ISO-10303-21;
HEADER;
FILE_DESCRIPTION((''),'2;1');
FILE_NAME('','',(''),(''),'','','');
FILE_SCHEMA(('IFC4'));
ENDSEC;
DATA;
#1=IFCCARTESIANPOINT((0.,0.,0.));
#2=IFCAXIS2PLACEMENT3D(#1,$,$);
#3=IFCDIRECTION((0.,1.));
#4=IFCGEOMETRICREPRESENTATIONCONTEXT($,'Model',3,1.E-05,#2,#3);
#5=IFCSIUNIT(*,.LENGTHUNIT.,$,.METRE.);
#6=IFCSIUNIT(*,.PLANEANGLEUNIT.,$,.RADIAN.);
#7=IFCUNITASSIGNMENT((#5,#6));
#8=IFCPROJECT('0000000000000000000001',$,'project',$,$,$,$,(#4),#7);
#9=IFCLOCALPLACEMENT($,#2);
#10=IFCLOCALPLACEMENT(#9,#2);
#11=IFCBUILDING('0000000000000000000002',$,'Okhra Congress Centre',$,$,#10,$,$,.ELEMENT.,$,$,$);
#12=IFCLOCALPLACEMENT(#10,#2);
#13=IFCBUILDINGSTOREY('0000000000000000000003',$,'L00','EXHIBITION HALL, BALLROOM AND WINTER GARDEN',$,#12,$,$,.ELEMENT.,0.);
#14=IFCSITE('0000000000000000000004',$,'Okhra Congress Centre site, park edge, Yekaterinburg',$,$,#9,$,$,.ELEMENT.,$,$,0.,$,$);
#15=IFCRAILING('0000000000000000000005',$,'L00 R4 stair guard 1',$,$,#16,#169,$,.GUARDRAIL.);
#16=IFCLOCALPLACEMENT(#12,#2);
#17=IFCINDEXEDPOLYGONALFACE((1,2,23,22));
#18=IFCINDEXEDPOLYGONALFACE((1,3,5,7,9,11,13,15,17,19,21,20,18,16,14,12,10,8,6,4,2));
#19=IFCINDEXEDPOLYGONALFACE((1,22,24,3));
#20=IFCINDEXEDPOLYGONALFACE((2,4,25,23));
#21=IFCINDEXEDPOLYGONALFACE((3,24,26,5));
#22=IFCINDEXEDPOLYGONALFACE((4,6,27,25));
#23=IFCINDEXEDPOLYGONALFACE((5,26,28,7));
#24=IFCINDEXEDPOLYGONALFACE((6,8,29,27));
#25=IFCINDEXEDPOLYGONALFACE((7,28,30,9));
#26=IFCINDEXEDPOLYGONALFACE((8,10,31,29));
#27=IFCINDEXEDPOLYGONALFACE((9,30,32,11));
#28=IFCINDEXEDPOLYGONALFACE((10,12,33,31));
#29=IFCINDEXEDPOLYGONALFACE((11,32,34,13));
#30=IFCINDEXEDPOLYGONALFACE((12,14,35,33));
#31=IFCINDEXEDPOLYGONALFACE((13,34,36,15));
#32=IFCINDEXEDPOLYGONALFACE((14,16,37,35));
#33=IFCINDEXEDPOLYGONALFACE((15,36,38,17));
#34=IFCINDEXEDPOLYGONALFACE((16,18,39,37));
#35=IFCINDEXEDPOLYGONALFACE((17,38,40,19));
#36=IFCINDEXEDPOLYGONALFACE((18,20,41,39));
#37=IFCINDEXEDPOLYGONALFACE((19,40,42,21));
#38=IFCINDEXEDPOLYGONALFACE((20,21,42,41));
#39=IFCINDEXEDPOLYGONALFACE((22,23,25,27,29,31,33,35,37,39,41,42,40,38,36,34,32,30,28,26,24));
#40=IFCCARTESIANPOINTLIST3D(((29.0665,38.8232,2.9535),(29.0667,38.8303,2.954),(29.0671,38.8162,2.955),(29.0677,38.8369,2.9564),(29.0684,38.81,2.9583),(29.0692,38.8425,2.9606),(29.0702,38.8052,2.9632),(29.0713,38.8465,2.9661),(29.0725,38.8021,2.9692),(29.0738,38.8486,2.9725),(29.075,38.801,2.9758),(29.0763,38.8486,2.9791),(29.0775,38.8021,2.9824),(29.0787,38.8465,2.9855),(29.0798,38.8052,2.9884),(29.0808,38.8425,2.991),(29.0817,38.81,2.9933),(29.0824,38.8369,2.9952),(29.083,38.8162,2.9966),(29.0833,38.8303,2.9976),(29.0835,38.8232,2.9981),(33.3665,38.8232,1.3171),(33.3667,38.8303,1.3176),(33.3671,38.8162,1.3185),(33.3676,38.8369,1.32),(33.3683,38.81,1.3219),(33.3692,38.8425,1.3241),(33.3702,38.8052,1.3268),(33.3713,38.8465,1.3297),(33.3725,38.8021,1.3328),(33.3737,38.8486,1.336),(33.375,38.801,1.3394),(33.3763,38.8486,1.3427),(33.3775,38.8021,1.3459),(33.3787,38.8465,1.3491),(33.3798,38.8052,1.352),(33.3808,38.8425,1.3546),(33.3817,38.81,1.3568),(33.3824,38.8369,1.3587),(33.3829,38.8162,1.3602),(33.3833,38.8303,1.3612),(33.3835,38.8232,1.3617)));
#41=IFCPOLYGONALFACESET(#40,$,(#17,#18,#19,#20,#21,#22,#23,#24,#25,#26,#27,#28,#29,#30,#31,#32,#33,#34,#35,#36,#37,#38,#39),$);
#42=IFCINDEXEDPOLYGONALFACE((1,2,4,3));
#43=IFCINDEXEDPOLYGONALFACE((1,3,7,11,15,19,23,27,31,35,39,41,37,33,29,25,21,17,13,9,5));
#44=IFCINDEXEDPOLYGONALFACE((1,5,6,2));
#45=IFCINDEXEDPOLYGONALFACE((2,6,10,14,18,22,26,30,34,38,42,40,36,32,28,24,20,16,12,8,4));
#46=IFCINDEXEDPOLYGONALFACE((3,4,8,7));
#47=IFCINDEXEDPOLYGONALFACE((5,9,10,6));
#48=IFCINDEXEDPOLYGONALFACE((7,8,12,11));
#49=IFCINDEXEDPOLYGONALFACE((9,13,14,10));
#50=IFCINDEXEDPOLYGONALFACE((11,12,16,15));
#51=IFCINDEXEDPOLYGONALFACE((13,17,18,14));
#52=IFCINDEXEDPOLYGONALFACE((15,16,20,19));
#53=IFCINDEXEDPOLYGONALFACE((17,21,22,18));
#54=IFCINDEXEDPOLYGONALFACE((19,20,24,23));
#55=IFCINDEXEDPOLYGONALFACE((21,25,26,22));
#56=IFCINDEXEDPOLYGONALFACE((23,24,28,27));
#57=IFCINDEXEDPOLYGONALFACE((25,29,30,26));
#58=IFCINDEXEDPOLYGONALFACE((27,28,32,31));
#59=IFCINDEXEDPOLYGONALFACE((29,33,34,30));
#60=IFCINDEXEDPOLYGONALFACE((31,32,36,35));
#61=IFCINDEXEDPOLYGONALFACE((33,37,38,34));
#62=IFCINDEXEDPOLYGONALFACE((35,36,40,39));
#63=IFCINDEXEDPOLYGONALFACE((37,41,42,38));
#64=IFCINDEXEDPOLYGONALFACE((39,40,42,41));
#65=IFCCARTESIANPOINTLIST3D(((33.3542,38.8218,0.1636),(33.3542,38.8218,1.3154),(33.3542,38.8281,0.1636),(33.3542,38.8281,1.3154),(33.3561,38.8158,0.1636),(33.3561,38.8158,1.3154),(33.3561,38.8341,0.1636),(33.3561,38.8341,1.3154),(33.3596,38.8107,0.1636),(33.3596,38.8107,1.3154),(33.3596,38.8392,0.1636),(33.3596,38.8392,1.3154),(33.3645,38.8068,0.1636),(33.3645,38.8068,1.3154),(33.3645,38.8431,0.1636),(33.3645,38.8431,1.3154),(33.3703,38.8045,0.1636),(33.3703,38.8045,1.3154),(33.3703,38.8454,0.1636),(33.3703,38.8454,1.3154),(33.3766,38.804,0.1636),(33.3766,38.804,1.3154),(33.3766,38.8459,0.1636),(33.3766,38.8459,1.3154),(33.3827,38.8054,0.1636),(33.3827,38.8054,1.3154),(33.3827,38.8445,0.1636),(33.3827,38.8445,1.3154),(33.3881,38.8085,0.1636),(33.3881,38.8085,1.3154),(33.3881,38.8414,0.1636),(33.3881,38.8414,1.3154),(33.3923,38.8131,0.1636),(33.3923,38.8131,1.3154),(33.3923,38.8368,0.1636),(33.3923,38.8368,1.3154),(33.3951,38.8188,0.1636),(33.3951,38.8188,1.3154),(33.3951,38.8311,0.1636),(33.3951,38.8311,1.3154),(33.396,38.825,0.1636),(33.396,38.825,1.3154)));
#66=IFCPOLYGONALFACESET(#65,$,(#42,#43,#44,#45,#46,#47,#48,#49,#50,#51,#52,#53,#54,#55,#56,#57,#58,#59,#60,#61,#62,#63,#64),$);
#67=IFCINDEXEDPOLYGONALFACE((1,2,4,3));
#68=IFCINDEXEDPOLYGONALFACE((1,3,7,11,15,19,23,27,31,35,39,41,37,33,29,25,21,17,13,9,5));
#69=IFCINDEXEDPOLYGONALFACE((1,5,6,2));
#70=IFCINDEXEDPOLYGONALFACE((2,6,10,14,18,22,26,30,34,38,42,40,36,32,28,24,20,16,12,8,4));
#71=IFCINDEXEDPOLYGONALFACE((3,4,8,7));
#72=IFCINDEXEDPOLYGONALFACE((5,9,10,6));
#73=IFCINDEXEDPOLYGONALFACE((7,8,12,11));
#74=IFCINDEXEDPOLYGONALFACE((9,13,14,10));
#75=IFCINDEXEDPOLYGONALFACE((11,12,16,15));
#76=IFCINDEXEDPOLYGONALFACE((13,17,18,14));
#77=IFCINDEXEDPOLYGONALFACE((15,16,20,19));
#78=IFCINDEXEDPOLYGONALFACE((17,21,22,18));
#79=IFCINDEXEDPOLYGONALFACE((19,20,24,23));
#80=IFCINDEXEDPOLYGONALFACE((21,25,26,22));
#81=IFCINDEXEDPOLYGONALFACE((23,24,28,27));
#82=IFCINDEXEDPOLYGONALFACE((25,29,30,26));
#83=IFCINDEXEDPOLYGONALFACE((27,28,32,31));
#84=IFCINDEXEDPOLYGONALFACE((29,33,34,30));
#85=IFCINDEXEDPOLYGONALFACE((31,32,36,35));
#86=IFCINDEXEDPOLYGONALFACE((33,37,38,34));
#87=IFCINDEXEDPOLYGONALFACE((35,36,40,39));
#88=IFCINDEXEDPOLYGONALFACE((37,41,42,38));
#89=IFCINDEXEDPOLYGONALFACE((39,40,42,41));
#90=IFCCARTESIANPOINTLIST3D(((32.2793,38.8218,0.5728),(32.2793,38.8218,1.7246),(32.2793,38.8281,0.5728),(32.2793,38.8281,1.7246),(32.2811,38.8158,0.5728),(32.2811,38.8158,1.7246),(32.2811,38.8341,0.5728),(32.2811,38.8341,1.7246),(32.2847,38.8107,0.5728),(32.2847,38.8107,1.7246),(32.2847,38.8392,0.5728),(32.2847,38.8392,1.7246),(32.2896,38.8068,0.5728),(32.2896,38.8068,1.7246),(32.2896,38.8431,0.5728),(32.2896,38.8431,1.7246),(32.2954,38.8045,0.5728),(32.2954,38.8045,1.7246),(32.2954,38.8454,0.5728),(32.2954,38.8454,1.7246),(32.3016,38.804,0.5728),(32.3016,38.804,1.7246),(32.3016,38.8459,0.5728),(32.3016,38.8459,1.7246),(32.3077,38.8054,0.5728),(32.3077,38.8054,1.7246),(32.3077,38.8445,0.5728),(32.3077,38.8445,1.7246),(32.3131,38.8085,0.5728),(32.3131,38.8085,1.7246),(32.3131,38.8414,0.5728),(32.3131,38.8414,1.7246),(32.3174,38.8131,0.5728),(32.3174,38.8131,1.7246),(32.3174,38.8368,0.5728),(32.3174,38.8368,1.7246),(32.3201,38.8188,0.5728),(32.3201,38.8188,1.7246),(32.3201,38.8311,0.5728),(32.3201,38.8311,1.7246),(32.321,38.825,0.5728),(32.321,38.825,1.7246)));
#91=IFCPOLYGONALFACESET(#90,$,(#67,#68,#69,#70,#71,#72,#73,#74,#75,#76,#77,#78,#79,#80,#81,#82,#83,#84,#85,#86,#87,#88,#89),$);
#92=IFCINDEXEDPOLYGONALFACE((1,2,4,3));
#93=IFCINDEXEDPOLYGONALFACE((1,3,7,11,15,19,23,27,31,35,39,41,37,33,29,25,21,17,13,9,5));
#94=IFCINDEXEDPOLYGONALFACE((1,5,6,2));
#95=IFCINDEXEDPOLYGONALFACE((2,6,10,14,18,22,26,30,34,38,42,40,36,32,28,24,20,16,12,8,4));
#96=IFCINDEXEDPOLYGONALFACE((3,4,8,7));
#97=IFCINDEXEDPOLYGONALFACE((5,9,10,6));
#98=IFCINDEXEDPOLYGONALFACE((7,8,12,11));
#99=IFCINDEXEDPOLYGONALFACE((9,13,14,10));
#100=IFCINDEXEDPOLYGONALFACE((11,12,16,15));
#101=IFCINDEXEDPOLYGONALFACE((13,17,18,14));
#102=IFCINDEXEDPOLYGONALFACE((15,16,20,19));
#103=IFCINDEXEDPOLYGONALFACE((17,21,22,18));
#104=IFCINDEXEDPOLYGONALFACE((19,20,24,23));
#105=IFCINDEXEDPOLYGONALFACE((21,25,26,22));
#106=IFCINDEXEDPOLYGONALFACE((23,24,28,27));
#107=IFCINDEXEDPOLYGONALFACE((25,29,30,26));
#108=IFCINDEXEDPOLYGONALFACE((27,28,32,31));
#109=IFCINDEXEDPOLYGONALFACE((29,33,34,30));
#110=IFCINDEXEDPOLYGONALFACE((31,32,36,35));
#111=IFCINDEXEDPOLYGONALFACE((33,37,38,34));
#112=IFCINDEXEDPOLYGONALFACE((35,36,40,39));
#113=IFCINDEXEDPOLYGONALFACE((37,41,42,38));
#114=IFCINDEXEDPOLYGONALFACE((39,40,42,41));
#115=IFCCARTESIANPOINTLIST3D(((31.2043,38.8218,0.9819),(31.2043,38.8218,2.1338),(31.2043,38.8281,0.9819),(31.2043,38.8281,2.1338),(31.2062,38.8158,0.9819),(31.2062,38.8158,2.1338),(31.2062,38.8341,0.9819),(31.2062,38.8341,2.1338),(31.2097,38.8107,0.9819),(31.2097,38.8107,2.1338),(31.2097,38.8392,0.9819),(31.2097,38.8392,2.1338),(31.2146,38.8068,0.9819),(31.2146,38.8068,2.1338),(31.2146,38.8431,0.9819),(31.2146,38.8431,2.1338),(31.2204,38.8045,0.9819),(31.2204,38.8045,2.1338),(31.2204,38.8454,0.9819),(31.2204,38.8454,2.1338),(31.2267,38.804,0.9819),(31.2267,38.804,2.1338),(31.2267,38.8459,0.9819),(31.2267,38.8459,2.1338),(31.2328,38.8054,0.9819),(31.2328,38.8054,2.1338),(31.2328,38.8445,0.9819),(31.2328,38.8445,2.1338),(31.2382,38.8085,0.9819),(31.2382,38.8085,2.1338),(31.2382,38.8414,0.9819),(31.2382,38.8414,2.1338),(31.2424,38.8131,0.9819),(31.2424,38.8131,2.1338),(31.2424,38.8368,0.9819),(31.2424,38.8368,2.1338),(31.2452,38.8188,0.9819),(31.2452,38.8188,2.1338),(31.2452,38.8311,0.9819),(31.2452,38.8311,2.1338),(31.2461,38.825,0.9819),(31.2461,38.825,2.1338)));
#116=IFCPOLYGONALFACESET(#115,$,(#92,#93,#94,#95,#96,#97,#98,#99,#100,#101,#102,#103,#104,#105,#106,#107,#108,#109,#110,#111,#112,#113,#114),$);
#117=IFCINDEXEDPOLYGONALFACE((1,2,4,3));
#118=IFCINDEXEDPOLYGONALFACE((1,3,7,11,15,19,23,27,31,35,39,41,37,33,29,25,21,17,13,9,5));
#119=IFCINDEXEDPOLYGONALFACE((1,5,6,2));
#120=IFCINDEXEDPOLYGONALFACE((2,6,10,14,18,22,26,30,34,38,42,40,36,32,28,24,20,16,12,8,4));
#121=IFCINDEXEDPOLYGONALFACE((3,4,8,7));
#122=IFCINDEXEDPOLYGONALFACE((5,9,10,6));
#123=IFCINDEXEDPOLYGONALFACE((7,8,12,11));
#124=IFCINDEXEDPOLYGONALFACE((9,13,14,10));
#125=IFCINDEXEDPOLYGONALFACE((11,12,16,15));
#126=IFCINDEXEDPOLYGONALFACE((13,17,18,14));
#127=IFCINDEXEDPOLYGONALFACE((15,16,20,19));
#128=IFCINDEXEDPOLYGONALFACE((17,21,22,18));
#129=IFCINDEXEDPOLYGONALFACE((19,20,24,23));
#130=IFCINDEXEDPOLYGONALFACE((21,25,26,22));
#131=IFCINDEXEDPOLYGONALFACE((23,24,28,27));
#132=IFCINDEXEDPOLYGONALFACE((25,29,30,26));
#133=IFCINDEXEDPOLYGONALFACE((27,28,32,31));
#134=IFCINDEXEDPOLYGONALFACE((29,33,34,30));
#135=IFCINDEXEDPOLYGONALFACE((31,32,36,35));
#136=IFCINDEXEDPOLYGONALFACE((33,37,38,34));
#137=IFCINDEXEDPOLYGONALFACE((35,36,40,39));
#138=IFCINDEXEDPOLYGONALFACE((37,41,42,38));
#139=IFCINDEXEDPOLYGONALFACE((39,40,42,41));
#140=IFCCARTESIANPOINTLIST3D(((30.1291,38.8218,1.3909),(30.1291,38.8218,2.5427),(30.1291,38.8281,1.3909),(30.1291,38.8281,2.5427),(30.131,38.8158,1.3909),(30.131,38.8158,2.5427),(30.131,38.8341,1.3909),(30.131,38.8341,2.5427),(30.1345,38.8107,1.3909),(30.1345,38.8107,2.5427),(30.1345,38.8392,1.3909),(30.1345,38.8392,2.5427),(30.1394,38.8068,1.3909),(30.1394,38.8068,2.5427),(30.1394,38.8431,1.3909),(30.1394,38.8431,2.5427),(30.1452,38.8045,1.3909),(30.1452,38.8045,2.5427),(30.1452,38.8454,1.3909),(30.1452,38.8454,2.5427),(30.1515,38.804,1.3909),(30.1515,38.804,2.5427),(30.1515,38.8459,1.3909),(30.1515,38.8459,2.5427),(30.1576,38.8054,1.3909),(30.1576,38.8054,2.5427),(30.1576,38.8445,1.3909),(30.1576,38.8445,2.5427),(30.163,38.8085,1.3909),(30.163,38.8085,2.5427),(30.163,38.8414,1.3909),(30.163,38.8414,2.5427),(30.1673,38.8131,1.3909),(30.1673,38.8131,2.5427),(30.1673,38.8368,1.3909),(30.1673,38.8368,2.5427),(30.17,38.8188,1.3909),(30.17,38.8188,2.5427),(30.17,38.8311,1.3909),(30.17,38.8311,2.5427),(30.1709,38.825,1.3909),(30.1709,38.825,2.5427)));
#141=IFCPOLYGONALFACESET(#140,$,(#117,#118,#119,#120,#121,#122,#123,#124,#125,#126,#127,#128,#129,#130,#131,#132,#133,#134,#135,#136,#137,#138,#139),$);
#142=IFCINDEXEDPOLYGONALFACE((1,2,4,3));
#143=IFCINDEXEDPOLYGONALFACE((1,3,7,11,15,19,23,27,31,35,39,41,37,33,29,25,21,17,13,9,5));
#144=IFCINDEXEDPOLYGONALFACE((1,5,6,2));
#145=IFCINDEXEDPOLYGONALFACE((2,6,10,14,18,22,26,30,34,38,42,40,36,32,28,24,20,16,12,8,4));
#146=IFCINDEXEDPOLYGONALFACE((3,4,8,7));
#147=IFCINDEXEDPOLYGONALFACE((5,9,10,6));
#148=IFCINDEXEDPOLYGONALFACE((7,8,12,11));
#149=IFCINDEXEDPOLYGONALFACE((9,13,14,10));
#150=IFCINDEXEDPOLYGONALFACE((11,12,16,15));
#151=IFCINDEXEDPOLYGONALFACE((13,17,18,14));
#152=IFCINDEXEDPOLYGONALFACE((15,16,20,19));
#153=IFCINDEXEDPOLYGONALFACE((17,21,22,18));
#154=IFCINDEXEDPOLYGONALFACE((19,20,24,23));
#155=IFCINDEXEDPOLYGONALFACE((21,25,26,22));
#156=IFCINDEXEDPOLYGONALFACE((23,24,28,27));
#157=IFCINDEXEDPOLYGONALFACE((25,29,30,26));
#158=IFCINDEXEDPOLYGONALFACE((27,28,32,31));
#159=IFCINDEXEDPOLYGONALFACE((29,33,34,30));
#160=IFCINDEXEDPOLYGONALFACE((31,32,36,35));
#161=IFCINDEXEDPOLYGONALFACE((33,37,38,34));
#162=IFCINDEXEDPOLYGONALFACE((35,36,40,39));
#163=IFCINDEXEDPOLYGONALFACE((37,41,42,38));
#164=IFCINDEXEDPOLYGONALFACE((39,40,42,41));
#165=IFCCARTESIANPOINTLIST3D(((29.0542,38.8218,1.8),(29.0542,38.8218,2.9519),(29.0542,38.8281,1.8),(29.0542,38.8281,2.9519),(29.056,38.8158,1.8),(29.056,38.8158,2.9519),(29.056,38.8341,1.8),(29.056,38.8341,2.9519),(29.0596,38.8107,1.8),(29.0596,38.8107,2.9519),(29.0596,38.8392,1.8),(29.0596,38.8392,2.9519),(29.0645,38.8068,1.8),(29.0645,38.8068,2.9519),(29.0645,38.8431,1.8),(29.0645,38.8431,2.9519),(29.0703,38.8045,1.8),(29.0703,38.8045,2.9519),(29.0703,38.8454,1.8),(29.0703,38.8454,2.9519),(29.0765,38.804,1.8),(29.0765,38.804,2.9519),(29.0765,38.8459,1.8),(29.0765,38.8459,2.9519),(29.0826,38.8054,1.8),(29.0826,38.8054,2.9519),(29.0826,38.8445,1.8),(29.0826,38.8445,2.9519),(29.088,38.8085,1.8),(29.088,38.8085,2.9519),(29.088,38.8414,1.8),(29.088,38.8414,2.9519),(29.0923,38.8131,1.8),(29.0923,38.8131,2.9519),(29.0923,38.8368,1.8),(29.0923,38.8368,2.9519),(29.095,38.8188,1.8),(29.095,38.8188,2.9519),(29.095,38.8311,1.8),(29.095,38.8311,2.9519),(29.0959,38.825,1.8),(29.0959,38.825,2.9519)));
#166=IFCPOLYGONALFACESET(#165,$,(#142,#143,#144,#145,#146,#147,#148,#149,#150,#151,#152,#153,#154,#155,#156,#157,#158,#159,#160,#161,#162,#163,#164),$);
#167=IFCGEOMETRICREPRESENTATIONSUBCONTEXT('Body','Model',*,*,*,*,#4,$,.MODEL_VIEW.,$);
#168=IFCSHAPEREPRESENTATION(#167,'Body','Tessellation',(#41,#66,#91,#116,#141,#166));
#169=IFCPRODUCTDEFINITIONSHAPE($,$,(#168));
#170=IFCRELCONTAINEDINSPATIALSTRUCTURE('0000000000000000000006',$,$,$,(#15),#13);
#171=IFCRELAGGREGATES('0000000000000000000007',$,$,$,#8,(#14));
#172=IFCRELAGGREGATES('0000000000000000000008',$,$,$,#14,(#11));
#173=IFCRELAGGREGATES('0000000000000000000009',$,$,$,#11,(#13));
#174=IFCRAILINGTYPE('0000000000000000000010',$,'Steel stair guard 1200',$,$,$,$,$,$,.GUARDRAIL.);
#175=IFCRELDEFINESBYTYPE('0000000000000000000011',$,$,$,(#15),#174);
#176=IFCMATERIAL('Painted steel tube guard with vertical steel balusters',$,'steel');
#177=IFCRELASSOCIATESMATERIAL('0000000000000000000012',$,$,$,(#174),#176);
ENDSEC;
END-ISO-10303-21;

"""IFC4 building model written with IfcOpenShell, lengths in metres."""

from ifc_helpers import new_model, si_unit, direction, frame, origin, origin_2d, place, context, subcontext, project, spatial, circle, extrude, material, type_object, element, save


model = new_model("IFC4")

# Units and contexts
model_context = context("Model", 3, precision=1e-05, world=origin(), true_north=direction((0.0, 1.0)))
body_context = subcontext(model_context, "Body", "Model", "MODEL_VIEW")
ifc_project = project(units=[si_unit("LENGTHUNIT", "METRE"), si_unit("PLANEANGLEUNIT", "RADIAN")], contexts=[model_context])

# Site, building, storey
site_placement = place(None, origin())
site = spatial("IfcSite", under=ifc_project, at=site_placement, Name="Okhra Congress Centre site, park edge, Yekaterinburg", CompositionType="ELEMENT", RefElevation=0.0)
building_placement = place(site_placement, origin())
building = spatial("IfcBuilding", under=site, at=building_placement, Name="Okhra Congress Centre", CompositionType="ELEMENT")
storey_placement = place(building_placement, origin())
storey = spatial("IfcBuildingStorey", under=building, at=storey_placement, Name="L00", Description="EXHIBITION HALL, BALLROOM AND WINTER GARDEN", CompositionType="ELEMENT", Elevation=0.0)

# Railing
ifc_material_1 = material(Name="Painted steel tube guard with vertical steel balusters", Category="steel")
railing_type_1 = type_object("IfcRailingType", Name="Steel stair guard 1200", PredefinedType="GUARDRAIL", material=ifc_material_1)
railing_1_placement = place(storey_placement, frame((33.375, 38.825, 0.1636)))
element("IfcRailing", 1, at=railing_1_placement, inside=storey, type_object=railing_type_1, Name="L00 R4 stair guard 1", PredefinedType="GUARDRAIL", context=body_context, shape_type="SweptSolid", body=[
    extrude(circle(Radius=0.0239, at=origin_2d()), frame((0.0, 0.0, 1.1758), z_axis=(-0.934606, 0.0, 0.355684), x_axis=(0.0, -1.0, 0.0)), (0.0, 0.0, 1.0), 4.6008),
    extrude(circle(Radius=0.021, at=origin_2d()), origin(), (0.0, 0.0, 1.0), 1.1519),
    extrude(circle(Radius=0.021, at=origin_2d()), frame((-1.075, 0.0, 0.4092)), (0.0, 0.0, 1.0), 1.1519),
    extrude(circle(Radius=0.021, at=origin_2d()), frame((-2.1499, 0.0, 0.8184)), (0.0, 0.0, 1.0), 1.1519),
    extrude(circle(Radius=0.021, at=origin_2d()), frame((-3.2251, 0.0, 1.2273)), (0.0, 0.0, 1.0), 1.1519),
    extrude(circle(Radius=0.021, at=origin_2d()), frame((-4.3, 0.0, 1.6365)), (0.0, 0.0, 1.0), 1.1519),
])

save(model, "model.ifc")
